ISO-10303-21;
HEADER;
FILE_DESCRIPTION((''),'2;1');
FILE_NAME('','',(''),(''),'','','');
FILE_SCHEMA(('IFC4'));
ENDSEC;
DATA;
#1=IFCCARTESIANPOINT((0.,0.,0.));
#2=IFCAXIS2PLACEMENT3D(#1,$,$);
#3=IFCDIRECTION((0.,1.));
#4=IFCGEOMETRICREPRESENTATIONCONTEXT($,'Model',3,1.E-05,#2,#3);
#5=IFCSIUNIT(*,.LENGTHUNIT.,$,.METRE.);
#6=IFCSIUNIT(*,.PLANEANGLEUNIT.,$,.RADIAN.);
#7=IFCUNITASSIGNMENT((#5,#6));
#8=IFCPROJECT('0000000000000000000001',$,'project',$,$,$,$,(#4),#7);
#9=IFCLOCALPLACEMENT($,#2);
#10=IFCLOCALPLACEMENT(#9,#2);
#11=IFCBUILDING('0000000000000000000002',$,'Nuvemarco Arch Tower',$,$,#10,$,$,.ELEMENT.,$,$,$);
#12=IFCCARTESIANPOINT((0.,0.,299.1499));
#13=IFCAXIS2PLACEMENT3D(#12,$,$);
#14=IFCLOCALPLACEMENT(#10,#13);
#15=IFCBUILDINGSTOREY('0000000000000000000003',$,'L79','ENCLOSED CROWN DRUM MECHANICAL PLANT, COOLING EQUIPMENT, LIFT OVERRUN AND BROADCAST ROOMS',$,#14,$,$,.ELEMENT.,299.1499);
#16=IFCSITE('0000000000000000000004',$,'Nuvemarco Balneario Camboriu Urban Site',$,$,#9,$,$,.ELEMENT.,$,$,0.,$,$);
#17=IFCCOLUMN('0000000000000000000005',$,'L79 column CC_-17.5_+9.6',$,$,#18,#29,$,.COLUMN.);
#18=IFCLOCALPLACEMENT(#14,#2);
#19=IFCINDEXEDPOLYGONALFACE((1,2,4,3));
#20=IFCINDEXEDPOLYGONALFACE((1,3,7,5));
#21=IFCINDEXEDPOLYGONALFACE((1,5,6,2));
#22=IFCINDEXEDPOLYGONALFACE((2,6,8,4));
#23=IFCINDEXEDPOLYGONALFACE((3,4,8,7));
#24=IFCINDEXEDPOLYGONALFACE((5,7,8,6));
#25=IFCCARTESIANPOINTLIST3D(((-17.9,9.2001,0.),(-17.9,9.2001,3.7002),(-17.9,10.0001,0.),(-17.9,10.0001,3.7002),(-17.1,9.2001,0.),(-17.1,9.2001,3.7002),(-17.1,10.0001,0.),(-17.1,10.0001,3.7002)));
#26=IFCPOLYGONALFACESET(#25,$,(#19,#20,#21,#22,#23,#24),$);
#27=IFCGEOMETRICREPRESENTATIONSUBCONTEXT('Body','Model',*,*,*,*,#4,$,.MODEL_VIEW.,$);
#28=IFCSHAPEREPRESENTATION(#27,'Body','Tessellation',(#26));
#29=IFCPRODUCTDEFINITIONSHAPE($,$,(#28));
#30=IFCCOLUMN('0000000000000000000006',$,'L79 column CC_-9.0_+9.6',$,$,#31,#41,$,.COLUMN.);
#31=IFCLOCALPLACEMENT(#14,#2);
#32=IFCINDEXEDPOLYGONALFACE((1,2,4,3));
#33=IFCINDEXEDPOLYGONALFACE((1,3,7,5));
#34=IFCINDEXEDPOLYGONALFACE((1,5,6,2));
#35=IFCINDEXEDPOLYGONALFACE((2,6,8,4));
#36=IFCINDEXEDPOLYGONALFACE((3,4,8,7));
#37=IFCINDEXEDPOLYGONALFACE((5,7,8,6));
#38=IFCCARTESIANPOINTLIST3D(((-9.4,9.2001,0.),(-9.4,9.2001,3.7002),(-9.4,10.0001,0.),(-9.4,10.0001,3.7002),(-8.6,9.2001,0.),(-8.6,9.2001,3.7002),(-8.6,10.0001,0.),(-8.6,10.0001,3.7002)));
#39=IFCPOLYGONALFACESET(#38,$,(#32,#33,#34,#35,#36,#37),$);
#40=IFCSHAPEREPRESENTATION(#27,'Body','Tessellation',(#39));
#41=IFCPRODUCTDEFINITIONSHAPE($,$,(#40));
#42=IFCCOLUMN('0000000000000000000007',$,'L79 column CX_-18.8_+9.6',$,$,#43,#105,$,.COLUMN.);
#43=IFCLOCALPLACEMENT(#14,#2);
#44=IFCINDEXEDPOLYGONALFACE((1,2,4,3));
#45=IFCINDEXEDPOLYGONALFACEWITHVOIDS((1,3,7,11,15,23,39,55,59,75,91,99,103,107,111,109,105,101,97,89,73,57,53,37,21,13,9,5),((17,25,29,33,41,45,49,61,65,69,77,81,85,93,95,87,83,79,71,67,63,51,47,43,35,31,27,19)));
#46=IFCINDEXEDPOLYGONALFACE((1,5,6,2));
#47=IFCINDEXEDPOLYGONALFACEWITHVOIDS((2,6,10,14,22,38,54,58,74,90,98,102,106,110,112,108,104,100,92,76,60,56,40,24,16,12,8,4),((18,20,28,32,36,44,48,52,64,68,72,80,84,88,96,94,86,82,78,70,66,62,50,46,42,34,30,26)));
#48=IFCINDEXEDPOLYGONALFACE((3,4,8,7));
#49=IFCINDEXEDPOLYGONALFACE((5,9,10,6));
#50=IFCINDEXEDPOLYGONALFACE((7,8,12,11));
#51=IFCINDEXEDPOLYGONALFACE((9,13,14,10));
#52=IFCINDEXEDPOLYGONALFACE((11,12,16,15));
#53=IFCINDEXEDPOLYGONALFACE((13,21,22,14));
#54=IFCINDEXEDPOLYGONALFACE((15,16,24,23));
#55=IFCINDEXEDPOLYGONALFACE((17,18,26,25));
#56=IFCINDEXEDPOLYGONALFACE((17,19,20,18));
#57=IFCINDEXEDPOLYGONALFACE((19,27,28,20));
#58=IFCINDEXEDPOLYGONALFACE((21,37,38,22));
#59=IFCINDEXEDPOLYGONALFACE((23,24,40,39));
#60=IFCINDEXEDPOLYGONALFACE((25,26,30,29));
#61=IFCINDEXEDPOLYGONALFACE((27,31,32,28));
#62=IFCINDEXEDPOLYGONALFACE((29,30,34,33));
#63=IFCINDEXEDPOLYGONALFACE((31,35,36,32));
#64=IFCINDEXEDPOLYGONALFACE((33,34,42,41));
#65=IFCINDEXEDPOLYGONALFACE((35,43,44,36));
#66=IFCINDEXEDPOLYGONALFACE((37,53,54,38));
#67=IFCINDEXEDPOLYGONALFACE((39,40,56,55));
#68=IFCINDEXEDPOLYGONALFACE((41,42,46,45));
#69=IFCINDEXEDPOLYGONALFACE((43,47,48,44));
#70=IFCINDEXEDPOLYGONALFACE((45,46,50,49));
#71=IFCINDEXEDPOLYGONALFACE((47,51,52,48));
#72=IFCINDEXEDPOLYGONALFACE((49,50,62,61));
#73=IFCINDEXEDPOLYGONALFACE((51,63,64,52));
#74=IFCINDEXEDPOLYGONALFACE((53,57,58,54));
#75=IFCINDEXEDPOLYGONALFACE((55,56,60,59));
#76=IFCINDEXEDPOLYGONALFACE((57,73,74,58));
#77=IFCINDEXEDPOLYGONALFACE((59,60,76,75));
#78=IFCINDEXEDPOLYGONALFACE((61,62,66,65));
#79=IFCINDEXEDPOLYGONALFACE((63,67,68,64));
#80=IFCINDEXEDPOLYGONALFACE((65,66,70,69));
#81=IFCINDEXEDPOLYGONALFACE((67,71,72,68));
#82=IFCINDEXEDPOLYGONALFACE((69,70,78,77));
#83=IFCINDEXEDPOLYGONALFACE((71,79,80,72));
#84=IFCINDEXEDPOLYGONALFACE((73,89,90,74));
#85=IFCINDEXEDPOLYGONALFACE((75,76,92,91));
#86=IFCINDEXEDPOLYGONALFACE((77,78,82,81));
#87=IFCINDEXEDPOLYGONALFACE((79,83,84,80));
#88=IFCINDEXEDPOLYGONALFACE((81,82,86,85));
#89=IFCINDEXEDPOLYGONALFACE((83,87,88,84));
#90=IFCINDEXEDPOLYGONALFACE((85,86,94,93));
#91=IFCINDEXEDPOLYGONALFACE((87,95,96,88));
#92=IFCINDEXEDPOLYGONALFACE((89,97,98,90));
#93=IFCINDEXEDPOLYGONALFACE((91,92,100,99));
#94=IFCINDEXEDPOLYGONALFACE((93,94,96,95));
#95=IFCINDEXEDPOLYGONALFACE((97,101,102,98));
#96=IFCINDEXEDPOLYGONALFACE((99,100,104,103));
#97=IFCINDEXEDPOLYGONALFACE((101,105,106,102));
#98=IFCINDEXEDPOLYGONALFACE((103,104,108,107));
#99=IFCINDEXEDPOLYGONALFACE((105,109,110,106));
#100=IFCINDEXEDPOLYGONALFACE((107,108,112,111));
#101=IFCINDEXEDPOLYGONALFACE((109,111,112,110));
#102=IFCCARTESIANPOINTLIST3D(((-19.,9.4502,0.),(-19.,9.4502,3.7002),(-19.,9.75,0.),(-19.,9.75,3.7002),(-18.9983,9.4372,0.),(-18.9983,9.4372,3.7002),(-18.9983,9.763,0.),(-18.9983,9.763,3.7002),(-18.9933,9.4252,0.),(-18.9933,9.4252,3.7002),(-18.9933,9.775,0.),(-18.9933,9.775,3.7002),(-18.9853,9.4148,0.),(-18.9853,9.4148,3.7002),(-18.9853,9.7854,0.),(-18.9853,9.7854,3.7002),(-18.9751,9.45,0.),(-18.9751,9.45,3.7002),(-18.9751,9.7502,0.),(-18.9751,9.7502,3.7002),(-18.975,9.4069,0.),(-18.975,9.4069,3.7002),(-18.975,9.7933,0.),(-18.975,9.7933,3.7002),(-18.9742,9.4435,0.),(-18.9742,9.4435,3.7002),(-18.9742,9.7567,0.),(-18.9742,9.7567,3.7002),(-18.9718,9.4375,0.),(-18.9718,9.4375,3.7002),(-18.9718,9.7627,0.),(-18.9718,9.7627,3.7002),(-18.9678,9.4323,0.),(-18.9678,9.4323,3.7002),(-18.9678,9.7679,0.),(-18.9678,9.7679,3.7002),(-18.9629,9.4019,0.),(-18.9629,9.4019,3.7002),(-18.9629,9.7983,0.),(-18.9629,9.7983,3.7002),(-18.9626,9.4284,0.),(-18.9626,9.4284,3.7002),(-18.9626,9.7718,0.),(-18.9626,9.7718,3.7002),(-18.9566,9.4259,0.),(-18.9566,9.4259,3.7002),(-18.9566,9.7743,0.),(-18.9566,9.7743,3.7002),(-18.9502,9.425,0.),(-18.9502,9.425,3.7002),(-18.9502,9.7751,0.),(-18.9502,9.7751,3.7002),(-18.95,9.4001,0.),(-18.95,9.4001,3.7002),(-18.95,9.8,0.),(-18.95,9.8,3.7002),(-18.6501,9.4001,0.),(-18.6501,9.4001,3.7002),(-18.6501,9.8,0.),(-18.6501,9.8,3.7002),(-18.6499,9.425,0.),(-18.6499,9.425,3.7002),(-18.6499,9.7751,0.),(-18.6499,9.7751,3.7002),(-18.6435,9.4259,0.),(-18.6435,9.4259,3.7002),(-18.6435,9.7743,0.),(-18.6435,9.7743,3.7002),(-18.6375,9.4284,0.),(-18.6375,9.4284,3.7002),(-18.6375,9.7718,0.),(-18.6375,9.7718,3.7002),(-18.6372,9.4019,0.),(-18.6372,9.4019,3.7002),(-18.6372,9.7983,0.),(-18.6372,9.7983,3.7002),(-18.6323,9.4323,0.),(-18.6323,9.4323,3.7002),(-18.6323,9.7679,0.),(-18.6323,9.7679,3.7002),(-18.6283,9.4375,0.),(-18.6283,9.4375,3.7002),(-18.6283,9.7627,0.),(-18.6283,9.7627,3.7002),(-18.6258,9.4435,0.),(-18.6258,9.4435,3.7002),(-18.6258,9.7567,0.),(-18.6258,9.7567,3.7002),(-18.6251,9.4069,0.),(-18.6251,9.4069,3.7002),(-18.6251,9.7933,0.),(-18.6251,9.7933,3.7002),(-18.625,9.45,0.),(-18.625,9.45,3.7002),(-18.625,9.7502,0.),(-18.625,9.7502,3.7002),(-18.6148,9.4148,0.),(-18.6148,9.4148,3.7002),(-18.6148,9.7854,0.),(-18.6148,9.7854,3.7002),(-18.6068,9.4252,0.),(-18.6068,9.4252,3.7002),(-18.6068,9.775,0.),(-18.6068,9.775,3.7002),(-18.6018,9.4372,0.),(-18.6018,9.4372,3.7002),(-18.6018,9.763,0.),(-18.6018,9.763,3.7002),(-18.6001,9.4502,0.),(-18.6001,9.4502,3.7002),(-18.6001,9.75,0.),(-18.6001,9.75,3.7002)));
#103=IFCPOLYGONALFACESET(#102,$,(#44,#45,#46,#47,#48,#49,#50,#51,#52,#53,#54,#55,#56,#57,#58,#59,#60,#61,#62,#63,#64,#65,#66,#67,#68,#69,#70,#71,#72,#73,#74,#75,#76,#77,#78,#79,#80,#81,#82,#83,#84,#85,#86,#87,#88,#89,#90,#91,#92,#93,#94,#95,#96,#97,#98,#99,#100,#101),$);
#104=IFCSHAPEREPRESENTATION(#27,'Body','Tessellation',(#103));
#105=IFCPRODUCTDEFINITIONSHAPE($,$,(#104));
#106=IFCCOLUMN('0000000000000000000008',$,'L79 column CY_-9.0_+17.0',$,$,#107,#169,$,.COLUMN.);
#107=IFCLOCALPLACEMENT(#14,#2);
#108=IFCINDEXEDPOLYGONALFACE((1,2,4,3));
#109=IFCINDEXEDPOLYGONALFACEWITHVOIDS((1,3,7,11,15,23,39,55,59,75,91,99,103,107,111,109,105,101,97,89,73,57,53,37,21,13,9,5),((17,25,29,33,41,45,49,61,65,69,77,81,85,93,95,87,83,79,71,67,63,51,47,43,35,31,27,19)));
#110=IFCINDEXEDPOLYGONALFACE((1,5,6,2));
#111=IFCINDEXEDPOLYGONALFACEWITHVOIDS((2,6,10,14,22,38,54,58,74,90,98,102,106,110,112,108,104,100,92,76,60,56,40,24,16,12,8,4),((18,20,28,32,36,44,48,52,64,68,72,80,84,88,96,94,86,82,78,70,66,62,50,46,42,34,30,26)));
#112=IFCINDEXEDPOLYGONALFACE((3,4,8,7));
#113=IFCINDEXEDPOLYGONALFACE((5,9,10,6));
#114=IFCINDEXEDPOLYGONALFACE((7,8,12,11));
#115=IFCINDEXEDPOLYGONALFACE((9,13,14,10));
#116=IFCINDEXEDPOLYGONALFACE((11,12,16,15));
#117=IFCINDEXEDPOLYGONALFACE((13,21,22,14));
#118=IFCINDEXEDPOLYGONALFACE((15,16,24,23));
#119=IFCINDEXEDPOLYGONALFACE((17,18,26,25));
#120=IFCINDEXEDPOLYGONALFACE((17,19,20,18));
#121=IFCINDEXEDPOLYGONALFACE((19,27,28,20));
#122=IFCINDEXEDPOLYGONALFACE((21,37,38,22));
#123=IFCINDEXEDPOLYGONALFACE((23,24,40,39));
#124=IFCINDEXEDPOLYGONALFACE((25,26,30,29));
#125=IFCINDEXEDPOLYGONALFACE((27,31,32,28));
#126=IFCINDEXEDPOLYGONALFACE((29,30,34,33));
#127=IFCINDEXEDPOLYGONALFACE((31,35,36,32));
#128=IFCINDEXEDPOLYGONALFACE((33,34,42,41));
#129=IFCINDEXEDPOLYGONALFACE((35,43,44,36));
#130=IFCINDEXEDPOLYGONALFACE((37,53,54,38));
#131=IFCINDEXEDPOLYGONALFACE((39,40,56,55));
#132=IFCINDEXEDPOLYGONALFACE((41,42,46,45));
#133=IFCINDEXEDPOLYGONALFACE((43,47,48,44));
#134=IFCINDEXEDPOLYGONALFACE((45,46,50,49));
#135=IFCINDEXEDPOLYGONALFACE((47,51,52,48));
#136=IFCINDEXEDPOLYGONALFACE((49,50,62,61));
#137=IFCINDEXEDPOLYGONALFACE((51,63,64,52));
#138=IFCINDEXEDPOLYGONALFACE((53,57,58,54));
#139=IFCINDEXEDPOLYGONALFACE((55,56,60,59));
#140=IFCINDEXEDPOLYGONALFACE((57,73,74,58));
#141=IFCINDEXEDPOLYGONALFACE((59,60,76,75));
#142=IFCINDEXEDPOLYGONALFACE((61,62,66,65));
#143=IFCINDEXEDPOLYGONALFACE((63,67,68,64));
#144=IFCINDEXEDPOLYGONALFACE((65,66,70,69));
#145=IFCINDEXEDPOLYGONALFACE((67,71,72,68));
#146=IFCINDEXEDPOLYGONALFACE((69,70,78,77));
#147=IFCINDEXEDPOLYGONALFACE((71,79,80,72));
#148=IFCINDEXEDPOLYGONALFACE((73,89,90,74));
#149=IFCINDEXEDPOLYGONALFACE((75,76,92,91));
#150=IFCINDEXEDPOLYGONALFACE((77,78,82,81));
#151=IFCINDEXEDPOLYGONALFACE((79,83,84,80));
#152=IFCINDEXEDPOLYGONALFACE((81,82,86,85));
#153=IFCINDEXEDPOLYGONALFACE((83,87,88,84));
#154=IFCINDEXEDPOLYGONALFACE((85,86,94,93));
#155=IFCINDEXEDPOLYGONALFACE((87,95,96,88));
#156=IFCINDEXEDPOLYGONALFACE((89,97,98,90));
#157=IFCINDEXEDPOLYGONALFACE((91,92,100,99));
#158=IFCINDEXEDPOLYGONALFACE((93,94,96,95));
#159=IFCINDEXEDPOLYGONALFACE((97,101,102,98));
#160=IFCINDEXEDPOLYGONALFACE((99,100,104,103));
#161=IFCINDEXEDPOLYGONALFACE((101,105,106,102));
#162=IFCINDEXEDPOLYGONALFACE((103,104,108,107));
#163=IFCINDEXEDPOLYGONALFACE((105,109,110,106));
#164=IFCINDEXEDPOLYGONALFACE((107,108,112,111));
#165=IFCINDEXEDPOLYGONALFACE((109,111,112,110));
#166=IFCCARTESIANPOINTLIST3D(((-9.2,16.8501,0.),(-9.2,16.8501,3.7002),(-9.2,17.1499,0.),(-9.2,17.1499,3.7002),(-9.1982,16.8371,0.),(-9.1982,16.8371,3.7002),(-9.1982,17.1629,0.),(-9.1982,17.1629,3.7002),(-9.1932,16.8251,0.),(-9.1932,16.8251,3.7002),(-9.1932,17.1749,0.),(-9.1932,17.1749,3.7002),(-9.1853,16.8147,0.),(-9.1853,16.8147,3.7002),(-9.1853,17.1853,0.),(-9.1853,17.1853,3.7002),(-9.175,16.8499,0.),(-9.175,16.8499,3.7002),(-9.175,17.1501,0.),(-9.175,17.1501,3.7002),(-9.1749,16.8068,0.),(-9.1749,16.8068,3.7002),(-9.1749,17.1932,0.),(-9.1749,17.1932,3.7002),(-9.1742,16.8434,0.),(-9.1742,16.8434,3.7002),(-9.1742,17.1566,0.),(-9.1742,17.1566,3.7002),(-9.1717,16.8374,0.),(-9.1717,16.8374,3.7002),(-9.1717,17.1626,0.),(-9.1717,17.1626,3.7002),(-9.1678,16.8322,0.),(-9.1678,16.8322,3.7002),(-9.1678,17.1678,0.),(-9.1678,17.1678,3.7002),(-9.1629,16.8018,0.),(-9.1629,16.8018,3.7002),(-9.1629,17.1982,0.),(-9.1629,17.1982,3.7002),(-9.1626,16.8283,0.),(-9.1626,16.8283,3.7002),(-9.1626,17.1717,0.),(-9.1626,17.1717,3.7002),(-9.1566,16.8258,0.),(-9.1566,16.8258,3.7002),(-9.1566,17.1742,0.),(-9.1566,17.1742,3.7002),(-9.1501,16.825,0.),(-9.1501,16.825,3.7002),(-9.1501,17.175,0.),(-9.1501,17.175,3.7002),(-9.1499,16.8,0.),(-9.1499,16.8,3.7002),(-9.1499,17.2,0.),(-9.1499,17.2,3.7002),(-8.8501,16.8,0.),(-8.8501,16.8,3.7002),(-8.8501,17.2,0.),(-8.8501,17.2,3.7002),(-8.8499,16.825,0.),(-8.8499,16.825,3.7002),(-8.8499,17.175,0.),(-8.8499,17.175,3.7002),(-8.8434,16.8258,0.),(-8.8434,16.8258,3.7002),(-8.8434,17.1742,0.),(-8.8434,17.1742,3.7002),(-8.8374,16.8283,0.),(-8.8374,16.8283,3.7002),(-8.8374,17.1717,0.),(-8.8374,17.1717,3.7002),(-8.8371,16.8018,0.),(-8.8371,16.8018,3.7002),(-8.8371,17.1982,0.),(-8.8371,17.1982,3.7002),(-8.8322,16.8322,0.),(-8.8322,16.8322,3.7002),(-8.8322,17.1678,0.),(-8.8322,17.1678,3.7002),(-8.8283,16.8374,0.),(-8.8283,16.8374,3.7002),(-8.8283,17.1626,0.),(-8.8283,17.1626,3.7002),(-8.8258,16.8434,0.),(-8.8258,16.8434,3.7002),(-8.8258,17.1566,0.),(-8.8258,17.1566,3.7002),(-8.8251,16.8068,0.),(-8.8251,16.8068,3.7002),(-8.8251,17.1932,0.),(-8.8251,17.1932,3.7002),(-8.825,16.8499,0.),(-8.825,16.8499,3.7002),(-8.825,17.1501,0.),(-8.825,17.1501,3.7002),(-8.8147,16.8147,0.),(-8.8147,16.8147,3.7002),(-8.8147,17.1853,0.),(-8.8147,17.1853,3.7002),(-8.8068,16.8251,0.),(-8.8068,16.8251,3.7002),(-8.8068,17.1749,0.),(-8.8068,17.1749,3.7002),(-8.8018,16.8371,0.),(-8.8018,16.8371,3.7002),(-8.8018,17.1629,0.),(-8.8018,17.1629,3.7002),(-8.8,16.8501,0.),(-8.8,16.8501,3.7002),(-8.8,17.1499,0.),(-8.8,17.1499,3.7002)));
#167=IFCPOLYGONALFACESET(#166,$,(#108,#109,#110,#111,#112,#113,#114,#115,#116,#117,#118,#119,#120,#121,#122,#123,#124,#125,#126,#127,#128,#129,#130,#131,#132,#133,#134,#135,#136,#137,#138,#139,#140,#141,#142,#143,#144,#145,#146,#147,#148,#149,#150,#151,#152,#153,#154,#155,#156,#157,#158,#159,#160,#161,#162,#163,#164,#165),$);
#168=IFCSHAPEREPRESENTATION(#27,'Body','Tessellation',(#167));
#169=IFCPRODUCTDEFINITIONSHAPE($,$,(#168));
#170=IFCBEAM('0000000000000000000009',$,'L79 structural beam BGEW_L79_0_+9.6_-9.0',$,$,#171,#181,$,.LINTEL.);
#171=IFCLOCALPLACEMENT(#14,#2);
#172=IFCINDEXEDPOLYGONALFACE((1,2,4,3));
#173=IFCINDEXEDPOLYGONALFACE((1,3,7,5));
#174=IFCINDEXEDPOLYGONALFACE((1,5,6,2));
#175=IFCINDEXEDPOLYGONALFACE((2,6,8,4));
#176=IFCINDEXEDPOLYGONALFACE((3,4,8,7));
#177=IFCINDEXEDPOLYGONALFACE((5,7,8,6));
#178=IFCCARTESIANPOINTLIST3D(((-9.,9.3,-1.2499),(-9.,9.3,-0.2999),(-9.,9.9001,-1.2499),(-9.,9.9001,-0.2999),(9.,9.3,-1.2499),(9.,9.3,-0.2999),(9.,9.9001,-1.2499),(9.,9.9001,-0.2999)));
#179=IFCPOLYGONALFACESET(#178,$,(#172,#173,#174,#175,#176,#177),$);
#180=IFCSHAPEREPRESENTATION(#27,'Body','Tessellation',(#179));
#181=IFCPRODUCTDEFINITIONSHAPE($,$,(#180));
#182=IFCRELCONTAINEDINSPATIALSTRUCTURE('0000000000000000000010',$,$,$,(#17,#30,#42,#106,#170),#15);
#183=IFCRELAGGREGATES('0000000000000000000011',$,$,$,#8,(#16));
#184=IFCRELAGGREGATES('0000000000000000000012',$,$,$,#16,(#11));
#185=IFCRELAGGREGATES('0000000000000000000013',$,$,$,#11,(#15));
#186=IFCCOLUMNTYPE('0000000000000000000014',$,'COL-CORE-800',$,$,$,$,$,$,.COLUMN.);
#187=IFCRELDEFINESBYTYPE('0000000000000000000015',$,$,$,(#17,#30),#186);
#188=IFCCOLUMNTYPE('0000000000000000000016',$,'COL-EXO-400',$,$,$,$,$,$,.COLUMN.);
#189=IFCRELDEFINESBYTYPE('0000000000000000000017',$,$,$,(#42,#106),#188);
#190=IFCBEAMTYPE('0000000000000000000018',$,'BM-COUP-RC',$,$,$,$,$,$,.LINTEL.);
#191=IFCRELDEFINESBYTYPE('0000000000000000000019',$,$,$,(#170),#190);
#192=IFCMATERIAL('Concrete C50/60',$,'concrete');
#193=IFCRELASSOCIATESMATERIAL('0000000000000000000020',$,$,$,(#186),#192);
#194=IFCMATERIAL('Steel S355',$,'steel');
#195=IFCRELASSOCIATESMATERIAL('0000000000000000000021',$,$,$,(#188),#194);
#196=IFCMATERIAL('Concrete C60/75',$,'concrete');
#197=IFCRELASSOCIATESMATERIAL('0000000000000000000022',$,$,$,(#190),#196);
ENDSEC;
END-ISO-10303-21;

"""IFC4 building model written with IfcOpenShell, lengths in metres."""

from ifc_helpers import new_model, si_unit, direction, frame, origin, origin_2d, place, context, subcontext, project, spatial, rectangle, hollow_rectangle, extrude, material, material_profile, profile_set, type_object, element, save


model = new_model("IFC4")

# Units and contexts
model_context = context("Model", 3, precision=1e-05, world=origin(), true_north=direction((0.0, 1.0)))
body_context = subcontext(model_context, "Body", "Model", "MODEL_VIEW")
ifc_project = project(units=[si_unit("LENGTHUNIT", "METRE"), si_unit("PLANEANGLEUNIT", "RADIAN")], contexts=[model_context])

# Site, building, storey
site_placement = place(None, origin())
site = spatial("IfcSite", under=ifc_project, at=site_placement, Name="Nuvemarco Balneario Camboriu Urban Site", CompositionType="ELEMENT", RefElevation=0.0)
building_placement = place(site_placement, origin())
building = spatial("IfcBuilding", under=site, at=building_placement, Name="Nuvemarco Arch Tower", CompositionType="ELEMENT")
storey_placement = place(building_placement, frame((0.0, 0.0, 299.1499)))
storey = spatial("IfcBuildingStorey", under=building, at=storey_placement, Name="L79", Description="ENCLOSED CROWN DRUM MECHANICAL PLANT, COOLING EQUIPMENT, LIFT OVERRUN AND BROADCAST ROOMS", CompositionType="ELEMENT", Elevation=299.1499)

# Columns
ifc_material_1 = material(Name="Concrete C50/60", Category="concrete")
ifc_material_profile_1 = material_profile(ifc_material_1, rectangle(XDim=0.8, YDim=0.8, at=origin_2d()), Name="RC-COL-800x800")
ifc_profile_set_1 = profile_set([ifc_material_profile_1], Name="Concrete C50/60")
column_type_1 = type_object("IfcColumnType", Name="COL-CORE-800", PredefinedType="COLUMN", material=ifc_profile_set_1)
for number, where, z_axis, x_axis, name in (
    (1, (-17.5, 9.6001, 0.0), (0.0, 0.0, 1.0), (1.0, 0.0, 0.0), "L79 column CC_-17.5_+9.6"),
    (2, (-9.0, 9.6001, 0.0), (0.0, 0.0, 1.0), (1.0, 0.0, 0.0), "L79 column CC_-9.0_+9.6"),
):
    element("IfcColumn", number, at=place(storey_placement, frame(where, z_axis=z_axis, x_axis=x_axis)), inside=storey, type_object=column_type_1, Name=name, PredefinedType="COLUMN", context=body_context, shape_type="SweptSolid", body=[
        extrude(rectangle(XDim=0.8, YDim=0.8, at=origin_2d()), origin(), (0.0, 0.0, 1.0), 3.7002),
    ])
ifc_material_2 = material(Name="Steel S355", Category="steel")
ifc_material_profile_2 = material_profile(ifc_material_2, hollow_rectangle(XDim=0.3999, YDim=0.3999, WallThickness=0.0249, InnerFilletRadius=0.0249, OuterFilletRadius=0.05, at=origin_2d()), Name="SHS400x400x25")
ifc_profile_set_2 = profile_set([ifc_material_profile_2], Name="Steel S355")
column_type_2 = type_object("IfcColumnType", Name="COL-EXO-400", PredefinedType="COLUMN", material=ifc_profile_set_2)
for number, where, z_axis, x_axis, name in (
    (3, (-18.8, 9.6001, 0.0), (0.0, 0.0, 1.0), (1.0, 0.0, 0.0), "L79 column CX_-18.8_+9.6"),
    (4, (-9.0, 17.0, 0.0), (0.0, 0.0, 1.0), (1.0, 0.0, 0.0), "L79 column CY_-9.0_+17.0"),
):
    element("IfcColumn", number, at=place(storey_placement, frame(where, z_axis=z_axis, x_axis=x_axis)), inside=storey, type_object=column_type_2, Name=name, PredefinedType="COLUMN", context=body_context, shape_type="SweptSolid", body=[
        extrude(hollow_rectangle(XDim=0.3999, YDim=0.3999, WallThickness=0.0249, InnerFilletRadius=0.0249, OuterFilletRadius=0.05, at=origin_2d()), origin(), (0.0, 0.0, 1.0), 3.7002),
    ])

# Beam
ifc_material_3 = material(Name="Concrete C60/75", Category="concrete")
ifc_material_profile_3 = material_profile(ifc_material_3, rectangle(XDim=0.6001, YDim=0.95, at=origin_2d()), Name="RC-BM-600x950")
ifc_profile_set_3 = profile_set([ifc_material_profile_3], Name="Concrete C60/75")
beam_type_1 = type_object("IfcBeamType", Name="BM-COUP-RC", PredefinedType="LINTEL", material=ifc_profile_set_3)
beam_1_placement = place(storey_placement, frame((-9.0, 9.6001, -0.7749), z_axis=(1.0, 0.0, 0.0), x_axis=(0.0, 1.0, 0.0)))
element("IfcBeam", 5, at=beam_1_placement, inside=storey, type_object=beam_type_1, Name="L79 structural beam BGEW_L79_0_+9.6_-9.0", PredefinedType="LINTEL", context=body_context, shape_type="SweptSolid", body=[
    extrude(rectangle(XDim=0.6001, YDim=0.95, at=origin_2d()), origin(), (0.0, 0.0, 1.0), 18.0),
])

save(model, "model.ifc")
